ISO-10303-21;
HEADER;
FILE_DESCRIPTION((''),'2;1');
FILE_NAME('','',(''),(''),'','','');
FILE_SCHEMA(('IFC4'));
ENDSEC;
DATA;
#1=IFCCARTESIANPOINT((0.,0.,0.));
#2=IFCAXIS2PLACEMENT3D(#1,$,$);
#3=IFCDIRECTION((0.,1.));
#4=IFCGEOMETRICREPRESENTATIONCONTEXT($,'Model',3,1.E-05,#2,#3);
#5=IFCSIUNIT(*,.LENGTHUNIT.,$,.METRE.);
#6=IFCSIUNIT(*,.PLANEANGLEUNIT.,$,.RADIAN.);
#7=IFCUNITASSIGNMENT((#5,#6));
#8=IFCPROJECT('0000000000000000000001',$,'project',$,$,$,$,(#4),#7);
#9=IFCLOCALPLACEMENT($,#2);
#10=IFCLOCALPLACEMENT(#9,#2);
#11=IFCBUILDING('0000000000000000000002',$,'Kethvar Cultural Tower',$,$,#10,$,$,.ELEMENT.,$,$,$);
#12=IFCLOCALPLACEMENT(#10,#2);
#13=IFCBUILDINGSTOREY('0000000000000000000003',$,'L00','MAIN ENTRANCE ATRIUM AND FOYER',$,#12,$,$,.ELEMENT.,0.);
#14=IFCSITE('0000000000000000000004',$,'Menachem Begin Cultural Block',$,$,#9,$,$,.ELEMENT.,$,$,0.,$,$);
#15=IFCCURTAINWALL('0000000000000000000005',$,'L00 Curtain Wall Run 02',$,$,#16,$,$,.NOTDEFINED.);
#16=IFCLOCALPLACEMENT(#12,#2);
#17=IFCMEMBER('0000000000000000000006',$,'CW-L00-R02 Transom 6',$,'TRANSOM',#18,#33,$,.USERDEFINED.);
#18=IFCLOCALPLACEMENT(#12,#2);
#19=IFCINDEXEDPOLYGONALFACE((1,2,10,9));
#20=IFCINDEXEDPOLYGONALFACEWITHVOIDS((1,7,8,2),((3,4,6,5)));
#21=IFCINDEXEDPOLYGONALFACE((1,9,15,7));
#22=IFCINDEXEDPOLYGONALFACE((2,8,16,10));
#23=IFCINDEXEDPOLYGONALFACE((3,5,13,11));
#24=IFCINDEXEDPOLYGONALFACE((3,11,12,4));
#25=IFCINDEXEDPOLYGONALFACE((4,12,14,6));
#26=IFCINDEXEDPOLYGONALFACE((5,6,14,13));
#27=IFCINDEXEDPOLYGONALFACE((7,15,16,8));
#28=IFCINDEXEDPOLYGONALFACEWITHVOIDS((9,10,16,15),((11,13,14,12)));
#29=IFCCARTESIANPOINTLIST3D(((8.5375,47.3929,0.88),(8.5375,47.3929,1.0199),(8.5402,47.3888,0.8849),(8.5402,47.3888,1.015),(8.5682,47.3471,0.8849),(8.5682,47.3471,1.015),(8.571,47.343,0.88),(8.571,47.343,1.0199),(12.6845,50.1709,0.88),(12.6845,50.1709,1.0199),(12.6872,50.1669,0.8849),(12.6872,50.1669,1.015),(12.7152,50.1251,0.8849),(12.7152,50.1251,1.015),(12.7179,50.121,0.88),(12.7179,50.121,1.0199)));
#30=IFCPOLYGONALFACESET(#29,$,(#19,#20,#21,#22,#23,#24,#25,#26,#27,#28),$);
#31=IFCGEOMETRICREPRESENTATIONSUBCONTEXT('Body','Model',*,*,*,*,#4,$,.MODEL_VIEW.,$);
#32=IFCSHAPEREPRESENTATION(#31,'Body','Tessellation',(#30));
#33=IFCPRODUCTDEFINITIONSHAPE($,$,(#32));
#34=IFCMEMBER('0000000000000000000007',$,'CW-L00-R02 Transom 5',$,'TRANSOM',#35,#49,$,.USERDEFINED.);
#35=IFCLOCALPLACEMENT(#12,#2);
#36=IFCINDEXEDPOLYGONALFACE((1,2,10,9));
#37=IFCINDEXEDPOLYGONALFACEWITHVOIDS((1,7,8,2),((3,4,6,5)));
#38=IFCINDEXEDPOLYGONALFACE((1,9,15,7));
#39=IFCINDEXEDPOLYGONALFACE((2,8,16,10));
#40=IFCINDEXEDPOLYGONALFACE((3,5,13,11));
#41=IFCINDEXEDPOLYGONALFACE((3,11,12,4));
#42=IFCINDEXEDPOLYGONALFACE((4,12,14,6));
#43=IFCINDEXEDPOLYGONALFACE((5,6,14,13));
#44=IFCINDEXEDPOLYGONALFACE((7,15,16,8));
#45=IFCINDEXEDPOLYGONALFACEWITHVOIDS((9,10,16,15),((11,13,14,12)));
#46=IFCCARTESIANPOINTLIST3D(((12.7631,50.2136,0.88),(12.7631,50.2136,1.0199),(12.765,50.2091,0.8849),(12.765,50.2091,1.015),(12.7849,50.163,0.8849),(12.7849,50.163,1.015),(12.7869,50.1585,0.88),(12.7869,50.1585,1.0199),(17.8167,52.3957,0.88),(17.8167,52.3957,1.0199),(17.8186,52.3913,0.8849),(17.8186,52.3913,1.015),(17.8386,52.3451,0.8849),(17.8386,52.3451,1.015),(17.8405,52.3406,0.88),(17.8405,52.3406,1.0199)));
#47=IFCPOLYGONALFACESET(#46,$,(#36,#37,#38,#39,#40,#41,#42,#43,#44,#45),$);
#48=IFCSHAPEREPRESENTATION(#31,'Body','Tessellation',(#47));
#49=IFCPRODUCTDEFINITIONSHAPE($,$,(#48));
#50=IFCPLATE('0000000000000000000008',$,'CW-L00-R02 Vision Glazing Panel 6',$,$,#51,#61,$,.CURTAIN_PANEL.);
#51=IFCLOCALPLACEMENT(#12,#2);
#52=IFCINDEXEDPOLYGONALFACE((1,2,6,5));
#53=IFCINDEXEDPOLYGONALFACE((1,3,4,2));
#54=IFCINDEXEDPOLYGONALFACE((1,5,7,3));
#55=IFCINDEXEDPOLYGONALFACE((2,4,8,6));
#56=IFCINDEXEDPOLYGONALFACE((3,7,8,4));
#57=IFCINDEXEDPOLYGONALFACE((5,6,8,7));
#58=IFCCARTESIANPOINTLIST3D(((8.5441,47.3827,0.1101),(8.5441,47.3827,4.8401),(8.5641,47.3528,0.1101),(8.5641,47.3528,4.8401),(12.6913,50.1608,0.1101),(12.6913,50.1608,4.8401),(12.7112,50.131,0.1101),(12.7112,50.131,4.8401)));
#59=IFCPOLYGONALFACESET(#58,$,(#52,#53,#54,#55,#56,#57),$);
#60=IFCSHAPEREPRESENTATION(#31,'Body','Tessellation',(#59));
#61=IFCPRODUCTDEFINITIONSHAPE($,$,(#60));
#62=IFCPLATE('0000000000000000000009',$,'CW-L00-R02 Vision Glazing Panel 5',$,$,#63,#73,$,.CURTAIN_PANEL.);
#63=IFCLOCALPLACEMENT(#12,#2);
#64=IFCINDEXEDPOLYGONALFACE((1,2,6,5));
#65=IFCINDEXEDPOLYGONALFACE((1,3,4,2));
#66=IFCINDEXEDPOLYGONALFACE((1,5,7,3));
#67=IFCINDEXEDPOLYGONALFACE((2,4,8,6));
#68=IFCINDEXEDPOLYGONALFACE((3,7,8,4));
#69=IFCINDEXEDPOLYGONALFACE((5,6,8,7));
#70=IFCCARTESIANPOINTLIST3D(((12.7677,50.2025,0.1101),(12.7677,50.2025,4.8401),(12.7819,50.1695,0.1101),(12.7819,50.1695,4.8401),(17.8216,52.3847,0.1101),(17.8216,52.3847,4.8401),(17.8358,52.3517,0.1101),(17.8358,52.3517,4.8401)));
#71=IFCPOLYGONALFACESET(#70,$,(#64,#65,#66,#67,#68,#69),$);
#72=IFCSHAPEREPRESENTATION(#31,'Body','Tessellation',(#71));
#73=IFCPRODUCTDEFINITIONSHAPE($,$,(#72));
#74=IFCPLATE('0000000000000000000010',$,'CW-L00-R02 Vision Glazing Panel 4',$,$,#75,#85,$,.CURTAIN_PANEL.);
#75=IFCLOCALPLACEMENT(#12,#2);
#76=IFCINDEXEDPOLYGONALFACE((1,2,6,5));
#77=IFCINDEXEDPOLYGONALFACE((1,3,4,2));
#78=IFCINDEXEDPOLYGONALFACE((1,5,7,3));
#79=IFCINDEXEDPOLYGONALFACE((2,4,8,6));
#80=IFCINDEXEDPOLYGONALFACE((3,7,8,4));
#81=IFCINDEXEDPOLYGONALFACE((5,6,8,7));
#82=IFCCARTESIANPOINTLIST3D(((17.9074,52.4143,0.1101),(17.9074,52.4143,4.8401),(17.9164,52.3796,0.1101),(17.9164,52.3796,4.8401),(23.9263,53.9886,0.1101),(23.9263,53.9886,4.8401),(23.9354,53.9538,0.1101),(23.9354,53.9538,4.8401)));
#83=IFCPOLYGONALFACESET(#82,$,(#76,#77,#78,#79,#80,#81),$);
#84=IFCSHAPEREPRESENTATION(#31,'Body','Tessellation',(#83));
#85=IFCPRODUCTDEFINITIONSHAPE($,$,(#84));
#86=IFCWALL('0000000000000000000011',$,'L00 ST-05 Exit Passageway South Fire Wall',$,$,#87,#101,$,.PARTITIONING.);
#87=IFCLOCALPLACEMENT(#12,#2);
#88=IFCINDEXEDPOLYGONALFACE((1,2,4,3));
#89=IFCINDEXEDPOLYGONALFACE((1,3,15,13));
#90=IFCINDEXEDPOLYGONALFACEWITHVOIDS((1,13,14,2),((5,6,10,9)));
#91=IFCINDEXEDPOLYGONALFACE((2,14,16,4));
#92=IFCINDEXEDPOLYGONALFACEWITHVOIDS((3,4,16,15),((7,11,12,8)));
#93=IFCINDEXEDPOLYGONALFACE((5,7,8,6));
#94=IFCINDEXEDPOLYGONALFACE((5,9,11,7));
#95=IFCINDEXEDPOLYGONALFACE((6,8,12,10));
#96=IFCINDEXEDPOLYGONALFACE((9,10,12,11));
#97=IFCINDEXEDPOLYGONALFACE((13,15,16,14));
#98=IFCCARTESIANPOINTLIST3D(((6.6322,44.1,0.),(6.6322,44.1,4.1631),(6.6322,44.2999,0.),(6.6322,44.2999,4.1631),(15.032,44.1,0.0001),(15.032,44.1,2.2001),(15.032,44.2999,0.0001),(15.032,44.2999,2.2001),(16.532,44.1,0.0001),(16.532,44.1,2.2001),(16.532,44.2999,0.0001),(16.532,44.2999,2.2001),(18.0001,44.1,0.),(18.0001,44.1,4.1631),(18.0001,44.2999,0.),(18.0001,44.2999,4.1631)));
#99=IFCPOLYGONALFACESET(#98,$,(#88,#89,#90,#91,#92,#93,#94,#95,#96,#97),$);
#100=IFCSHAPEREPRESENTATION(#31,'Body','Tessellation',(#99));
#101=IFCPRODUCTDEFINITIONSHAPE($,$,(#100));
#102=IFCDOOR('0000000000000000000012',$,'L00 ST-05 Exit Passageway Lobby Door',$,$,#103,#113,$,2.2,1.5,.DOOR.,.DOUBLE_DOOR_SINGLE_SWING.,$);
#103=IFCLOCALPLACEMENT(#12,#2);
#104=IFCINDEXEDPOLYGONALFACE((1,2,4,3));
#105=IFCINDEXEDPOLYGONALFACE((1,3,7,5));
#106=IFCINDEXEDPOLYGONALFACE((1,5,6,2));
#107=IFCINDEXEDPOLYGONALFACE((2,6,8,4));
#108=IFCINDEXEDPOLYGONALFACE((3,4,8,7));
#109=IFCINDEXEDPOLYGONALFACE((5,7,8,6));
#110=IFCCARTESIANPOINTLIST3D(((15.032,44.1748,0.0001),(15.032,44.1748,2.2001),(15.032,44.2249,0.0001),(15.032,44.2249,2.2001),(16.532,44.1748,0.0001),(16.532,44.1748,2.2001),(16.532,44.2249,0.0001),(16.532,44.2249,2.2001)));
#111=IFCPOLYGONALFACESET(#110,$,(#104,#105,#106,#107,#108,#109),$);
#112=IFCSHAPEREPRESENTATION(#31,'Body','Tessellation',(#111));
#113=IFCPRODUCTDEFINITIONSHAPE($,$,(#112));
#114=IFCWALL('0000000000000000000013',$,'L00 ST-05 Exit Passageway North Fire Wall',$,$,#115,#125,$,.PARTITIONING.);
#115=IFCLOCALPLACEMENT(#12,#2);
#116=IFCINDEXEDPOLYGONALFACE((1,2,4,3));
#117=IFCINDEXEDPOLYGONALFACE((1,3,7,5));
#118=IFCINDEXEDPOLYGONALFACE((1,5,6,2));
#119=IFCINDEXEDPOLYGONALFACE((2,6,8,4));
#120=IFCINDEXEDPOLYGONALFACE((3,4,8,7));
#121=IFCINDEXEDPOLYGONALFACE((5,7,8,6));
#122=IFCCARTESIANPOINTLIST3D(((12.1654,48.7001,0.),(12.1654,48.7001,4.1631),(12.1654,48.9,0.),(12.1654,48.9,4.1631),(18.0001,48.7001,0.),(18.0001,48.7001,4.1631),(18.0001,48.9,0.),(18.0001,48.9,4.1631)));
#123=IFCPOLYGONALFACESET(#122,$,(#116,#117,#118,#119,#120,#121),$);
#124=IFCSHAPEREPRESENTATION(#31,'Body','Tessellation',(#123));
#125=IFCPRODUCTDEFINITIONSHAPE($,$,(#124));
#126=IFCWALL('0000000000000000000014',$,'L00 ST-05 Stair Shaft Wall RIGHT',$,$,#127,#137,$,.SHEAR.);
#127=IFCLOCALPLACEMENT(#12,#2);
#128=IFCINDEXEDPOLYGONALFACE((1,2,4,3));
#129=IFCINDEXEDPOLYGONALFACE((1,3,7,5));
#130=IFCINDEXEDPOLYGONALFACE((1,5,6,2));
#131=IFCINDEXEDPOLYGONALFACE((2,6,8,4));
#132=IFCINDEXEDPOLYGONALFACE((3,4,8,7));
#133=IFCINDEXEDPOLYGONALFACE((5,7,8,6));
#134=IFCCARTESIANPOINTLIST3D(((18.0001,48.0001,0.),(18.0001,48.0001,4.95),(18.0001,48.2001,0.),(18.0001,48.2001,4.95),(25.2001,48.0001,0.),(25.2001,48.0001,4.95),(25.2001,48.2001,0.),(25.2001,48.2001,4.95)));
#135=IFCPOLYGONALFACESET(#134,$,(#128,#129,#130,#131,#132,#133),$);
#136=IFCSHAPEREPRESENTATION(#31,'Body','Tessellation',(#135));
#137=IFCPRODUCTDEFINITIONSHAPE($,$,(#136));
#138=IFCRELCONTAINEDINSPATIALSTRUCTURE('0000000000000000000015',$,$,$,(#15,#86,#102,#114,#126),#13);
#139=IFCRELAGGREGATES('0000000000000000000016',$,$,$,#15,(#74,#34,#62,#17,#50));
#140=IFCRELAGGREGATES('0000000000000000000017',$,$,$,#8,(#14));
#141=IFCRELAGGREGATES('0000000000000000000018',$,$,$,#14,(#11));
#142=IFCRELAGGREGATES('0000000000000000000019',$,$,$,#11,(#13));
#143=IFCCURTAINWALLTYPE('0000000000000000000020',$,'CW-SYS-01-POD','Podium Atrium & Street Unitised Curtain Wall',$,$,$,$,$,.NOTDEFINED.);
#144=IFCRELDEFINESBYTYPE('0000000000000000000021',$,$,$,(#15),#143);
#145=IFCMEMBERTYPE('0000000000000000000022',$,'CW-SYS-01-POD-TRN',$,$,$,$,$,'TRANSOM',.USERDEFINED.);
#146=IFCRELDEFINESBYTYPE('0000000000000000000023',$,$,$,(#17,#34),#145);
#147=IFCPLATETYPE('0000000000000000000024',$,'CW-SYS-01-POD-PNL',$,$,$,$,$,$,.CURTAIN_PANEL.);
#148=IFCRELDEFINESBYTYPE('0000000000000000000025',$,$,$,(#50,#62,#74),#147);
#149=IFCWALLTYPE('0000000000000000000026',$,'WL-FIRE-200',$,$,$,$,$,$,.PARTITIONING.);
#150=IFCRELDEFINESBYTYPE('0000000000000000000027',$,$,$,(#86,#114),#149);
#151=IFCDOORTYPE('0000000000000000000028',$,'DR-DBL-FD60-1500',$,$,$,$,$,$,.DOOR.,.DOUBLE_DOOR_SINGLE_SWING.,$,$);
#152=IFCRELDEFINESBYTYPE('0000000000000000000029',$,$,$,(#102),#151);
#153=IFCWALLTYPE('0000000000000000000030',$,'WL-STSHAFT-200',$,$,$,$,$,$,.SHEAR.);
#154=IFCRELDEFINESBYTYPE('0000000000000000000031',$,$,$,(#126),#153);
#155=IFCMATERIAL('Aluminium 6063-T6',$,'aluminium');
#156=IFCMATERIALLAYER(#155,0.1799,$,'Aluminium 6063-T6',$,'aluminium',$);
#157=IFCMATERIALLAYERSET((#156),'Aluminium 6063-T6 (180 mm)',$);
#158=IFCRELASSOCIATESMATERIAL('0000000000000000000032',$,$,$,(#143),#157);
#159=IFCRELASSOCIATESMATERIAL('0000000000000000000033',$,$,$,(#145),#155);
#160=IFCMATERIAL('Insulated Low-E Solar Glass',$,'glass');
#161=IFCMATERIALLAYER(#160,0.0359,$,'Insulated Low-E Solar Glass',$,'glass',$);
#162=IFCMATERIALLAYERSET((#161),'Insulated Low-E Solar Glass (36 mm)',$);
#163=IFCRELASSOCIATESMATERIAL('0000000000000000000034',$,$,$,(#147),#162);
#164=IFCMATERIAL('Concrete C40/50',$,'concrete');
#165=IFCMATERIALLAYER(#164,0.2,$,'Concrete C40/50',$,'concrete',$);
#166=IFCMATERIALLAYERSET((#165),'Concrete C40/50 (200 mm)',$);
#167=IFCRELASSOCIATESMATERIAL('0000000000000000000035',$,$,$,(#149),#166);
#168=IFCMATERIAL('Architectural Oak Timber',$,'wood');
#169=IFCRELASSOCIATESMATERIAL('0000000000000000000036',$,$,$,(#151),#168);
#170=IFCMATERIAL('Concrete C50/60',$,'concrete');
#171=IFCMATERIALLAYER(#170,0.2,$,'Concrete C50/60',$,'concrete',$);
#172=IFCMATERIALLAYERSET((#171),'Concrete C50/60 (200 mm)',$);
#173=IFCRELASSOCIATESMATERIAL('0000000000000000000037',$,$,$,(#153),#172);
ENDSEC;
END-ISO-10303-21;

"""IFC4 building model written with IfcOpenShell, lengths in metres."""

from ifc_helpers import new_model, si_unit, direction, frame, frame_2d, origin, origin_2d, place, context, subcontext, project, spatial, rectangle, hollow_rectangle, extrude, source, transform, mapped, material, layer, layer_set, material_profile, profile_set, type_object, element, fill, aggregate, save


model = new_model("IFC4")

# Units and contexts
model_context = context("Model", 3, precision=1e-05, world=origin(), true_north=direction((0.0, 1.0)))
body_context = subcontext(model_context, "Body", "Model", "MODEL_VIEW")
ifc_project = project(units=[si_unit("LENGTHUNIT", "METRE"), si_unit("PLANEANGLEUNIT", "RADIAN")], contexts=[model_context])

# Site, building, storey
site_placement = place(None, origin())
site = spatial("IfcSite", under=ifc_project, at=site_placement, Name="Menachem Begin Cultural Block", CompositionType="ELEMENT", RefElevation=0.0)
building_placement = place(site_placement, origin())
building = spatial("IfcBuilding", under=site, at=building_placement, Name="Kethvar Cultural Tower", CompositionType="ELEMENT")
storey_placement = place(building_placement, origin())
storey = spatial("IfcBuildingStorey", under=building, at=storey_placement, Name="L00", Description="MAIN ENTRANCE ATRIUM AND FOYER", CompositionType="ELEMENT", Elevation=0.0)

# Curtain wall, members, plates
ifc_material_1 = material(Name="Aluminium 6063-T6", Category="aluminium")
ifc_layer_1 = layer(ifc_material_1, 0.1799, Name="Aluminium 6063-T6", Category="aluminium")
ifc_layer_set_1 = layer_set([ifc_layer_1], Name="Aluminium 6063-T6 (180 mm)")
curtain_wall_type = type_object("IfcCurtainWallType", Name="CW-SYS-01-POD", Description="Podium Atrium & Street Unitised Curtain Wall", PredefinedType="NOTDEFINED", material=ifc_layer_set_1)
curtain_wall_placement = place(storey_placement, origin())
curtain_wall = element("IfcCurtainWall", 1, at=curtain_wall_placement, inside=storey, type_object=curtain_wall_type, Name="L00 Curtain Wall Run 02", PredefinedType="NOTDEFINED")
ifc_material_profile_1 = material_profile(ifc_material_1, hollow_rectangle(XDim=0.0601, YDim=0.1399, WallThickness=0.0049, at=origin_2d()), Name="Aluminium 6063-T6 — RHS140x60x5")
ifc_profile_set_1 = profile_set([ifc_material_profile_1], Name="Aluminium 6063-T6 — RHS140x60x5")
member_type_1 = type_object("IfcMemberType", Name="CW-SYS-01-POD-TRN", ElementType="TRANSOM", PredefinedType="USERDEFINED", material=ifc_profile_set_1)
shared_shape_1 = source(origin(), body_context, "Body", "SweptSolid", [
    extrude(hollow_rectangle(XDim=0.0601, YDim=0.1399, WallThickness=0.0049, at=origin_2d()), origin(), (0.0, 0.0, 1.0), 4.9915),
])
member_1_placement = place(storey_placement, frame((12.7012, 50.146, 0.95), z_axis=(-0.830807, -0.556561, 0.0), x_axis=(0.556561, -0.830807, 0.0)))
member_1 = element("IfcMember", 2, at=member_1_placement, type_object=member_type_1, Name="CW-L00-R02 Transom 6", ObjectType="TRANSOM", PredefinedType="USERDEFINED", context=body_context, shape_type="MappedRepresentation", body=[
    mapped(shared_shape_1, transform((0.0, 0.0, 0.0), scale=1.0)),
])
shared_shape_2 = source(origin(), body_context, "Body", "SweptSolid", [
    extrude(hollow_rectangle(XDim=0.0601, YDim=0.1399, WallThickness=0.0049, at=origin_2d()), origin(), (0.0, 0.0, 1.0), 5.5046),
])
member_2_placement = place(storey_placement, frame((17.8286, 52.3682, 0.95), z_axis=(-0.918073, -0.396412, 0.0), x_axis=(0.396412, -0.918073, 0.0)))
member_2 = element("IfcMember", 3, at=member_2_placement, type_object=member_type_1, Name="CW-L00-R02 Transom 5", ObjectType="TRANSOM", PredefinedType="USERDEFINED", context=body_context, shape_type="MappedRepresentation", body=[
    mapped(shared_shape_2, transform((0.0, 0.0, 0.0), scale=1.0)),
])
ifc_material_2 = material(Name="Insulated Low-E Solar Glass", Category="glass")
ifc_layer_2 = layer(ifc_material_2, 0.0359, Name="Insulated Low-E Solar Glass", Category="glass")
ifc_layer_set_2 = layer_set([ifc_layer_2], Name="Insulated Low-E Solar Glass (36 mm)")
plate_type = type_object("IfcPlateType", Name="CW-SYS-01-POD-PNL", PredefinedType="CURTAIN_PANEL", material=ifc_layer_set_2)
shared_shape_3 = source(origin(), body_context, "Body", "SweptSolid", [
    extrude(rectangle(XDim=4.9917, YDim=0.0359, at=origin_2d()), origin(), (0.0, 0.0, 1.0), 4.73),
])
plate_1_placement = place(storey_placement, frame((10.6277, 48.7568, 0.1101), z_axis=(0.0, 0.0, 1.0), x_axis=(-0.83081, -0.556557, 0.0)))
plate_1 = element("IfcPlate", 4, at=plate_1_placement, type_object=plate_type, Name="CW-L00-R02 Vision Glazing Panel 6", PredefinedType="CURTAIN_PANEL", context=body_context, shape_type="MappedRepresentation", body=[
    mapped(shared_shape_3, transform((0.0, 0.0, 0.0), scale=1.0)),
])
shared_shape_4 = source(origin(), body_context, "Body", "SweptSolid", [
    extrude(rectangle(XDim=5.5049, YDim=0.0359, at=origin_2d()), origin(), (0.0, 0.0, 1.0), 4.73),
])
plate_2_placement = place(storey_placement, frame((15.3018, 51.2771, 0.1101), z_axis=(0.0, 0.0, 1.0), x_axis=(-0.918073, -0.396411, 0.0)))
plate_2 = element("IfcPlate", 5, at=plate_2_placement, type_object=plate_type, Name="CW-L00-R02 Vision Glazing Panel 5", PredefinedType="CURTAIN_PANEL", context=body_context, shape_type="MappedRepresentation", body=[
    mapped(shared_shape_4, transform((0.0, 0.0, 0.0), scale=1.0)),
])
shared_shape_5 = source(origin(), body_context, "Body", "SweptSolid", [
    extrude(rectangle(XDim=6.2214, YDim=0.0359, at=origin_2d()), origin(), (0.0, 0.0, 1.0), 4.73),
])
plate_3_placement = place(storey_placement, frame((20.9214, 53.1841, 0.1101), z_axis=(0.0, 0.0, 1.0), x_axis=(-0.967458, -0.253032, 0.0)))
plate_3 = element("IfcPlate", 6, at=plate_3_placement, type_object=plate_type, Name="CW-L00-R02 Vision Glazing Panel 4", PredefinedType="CURTAIN_PANEL", context=body_context, shape_type="MappedRepresentation", body=[
    mapped(shared_shape_5, transform((0.0, 0.0, 0.0), scale=1.0)),
])
aggregate(curtain_wall, [plate_3, member_2, plate_2, member_1, plate_1])

# Wall, opening, door
ifc_material_3 = material(Name="Concrete C40/50", Category="concrete")
ifc_layer_3 = layer(ifc_material_3, 0.2, Name="Concrete C40/50", Category="concrete")
ifc_layer_set_3 = layer_set([ifc_layer_3], Name="Concrete C40/50 (200 mm)")
wall_type_1 = type_object("IfcWallType", Name="WL-FIRE-200", PredefinedType="PARTITIONING", material=ifc_layer_set_3)
wall_1_placement = place(storey_placement, frame((6.6321, 44.2, 0.0), z_axis=(0.0, 0.0, 1.0), x_axis=(1.0, 0.0, 0.0)))
wall_1 = element("IfcWall", 7, at=wall_1_placement, inside=storey, type_object=wall_type_1, Name="L00 ST-05 Exit Passageway South Fire Wall", PredefinedType="PARTITIONING", context=body_context, shape_type="SweptSolid", body=[
    extrude(rectangle(XDim=11.3679, YDim=0.2, at=frame_2d((5.6841, 0.0))), origin(), (0.0, 0.0, 1.0), 4.1631),
])
opening_1_placement = place(wall_1_placement, frame((8.3999, 0.0, 0.0)))
opening_1 = element("IfcOpeningElement", 8, at=opening_1_placement, cuts=wall_1, PredefinedType="OPENING", context=body_context, shape_type="SweptSolid", body=[
    extrude(rectangle(XDim=1.5, YDim=2.2, at=frame_2d((0.75, 1.1001))), frame((0.0, 0.1099, 0.0), z_axis=(0.0, -1.0, 0.0), x_axis=(1.0, 0.0, 0.0)), (0.0, 0.0, 1.0), 0.22),
])
ifc_material_4 = material(Name="Architectural Oak Timber", Category="wood")
door_type_1 = type_object("IfcDoorType", Name="DR-DBL-FD60-1500", OperationType="DOUBLE_DOOR_SINGLE_SWING", PredefinedType="DOOR", material=ifc_material_4)
shared_shape_6 = source(origin(), body_context, "Body", "SweptSolid", [
    extrude(rectangle(XDim=1.5, YDim=2.2, at=frame_2d((0.75, 1.1001))), frame((0.0, 0.0249, 0.0), z_axis=(0.0, -1.0, 0.0), x_axis=(1.0, 0.0, 0.0)), (0.0, 0.0, 1.0), 0.05),
])
door_1_placement = place(opening_1_placement, origin())
door_1 = element("IfcDoor", 9, at=door_1_placement, inside=storey, type_object=door_type_1, Name="L00 ST-05 Exit Passageway Lobby Door", OperationType="DOUBLE_DOOR_SINGLE_SWING", OverallHeight=2.2, OverallWidth=1.5, PredefinedType="DOOR", context=body_context, shape_type="MappedRepresentation", body=[
    mapped(shared_shape_6, transform((0.0, 0.0, 0.0), scale=1.0)),
])
fill(opening_1, door_1)

# Wall
wall_2_placement = place(storey_placement, frame((12.1653, 48.8, 0.0), z_axis=(0.0, 0.0, 1.0), x_axis=(1.0, 0.0, 0.0)))
element("IfcWall", 10, at=wall_2_placement, inside=storey, type_object=wall_type_1, Name="L00 ST-05 Exit Passageway North Fire Wall", PredefinedType="PARTITIONING", context=body_context, shape_type="SweptSolid", body=[
    extrude(rectangle(XDim=5.8347, YDim=0.2, at=frame_2d((2.9175, 0.0))), origin(), (0.0, 0.0, 1.0), 4.1631),
])

# Shared definitions
ifc_material_5 = material(Name="Concrete C50/60", Category="concrete")
ifc_layer_4 = layer(ifc_material_5, 0.2, Name="Concrete C50/60", Category="concrete")
ifc_layer_set_4 = layer_set([ifc_layer_4], Name="Concrete C50/60 (200 mm)")
wall_type_2 = type_object("IfcWallType", Name="WL-STSHAFT-200", PredefinedType="SHEAR", material=ifc_layer_set_4)

# Wall
wall_3_placement = place(storey_placement, frame((18.0, 48.1001, 0.0), z_axis=(0.0, 0.0, 1.0), x_axis=(1.0, 0.0, 0.0)))
element("IfcWall", 11, at=wall_3_placement, inside=storey, type_object=wall_type_2, Name="L00 ST-05 Stair Shaft Wall RIGHT", PredefinedType="SHEAR", context=body_context, shape_type="SweptSolid", body=[
    extrude(rectangle(XDim=7.2, YDim=0.2, at=frame_2d((3.6001, 0.0))), origin(), (0.0, 0.0, 1.0), 4.95),
])

save(model, "model.ifc")
